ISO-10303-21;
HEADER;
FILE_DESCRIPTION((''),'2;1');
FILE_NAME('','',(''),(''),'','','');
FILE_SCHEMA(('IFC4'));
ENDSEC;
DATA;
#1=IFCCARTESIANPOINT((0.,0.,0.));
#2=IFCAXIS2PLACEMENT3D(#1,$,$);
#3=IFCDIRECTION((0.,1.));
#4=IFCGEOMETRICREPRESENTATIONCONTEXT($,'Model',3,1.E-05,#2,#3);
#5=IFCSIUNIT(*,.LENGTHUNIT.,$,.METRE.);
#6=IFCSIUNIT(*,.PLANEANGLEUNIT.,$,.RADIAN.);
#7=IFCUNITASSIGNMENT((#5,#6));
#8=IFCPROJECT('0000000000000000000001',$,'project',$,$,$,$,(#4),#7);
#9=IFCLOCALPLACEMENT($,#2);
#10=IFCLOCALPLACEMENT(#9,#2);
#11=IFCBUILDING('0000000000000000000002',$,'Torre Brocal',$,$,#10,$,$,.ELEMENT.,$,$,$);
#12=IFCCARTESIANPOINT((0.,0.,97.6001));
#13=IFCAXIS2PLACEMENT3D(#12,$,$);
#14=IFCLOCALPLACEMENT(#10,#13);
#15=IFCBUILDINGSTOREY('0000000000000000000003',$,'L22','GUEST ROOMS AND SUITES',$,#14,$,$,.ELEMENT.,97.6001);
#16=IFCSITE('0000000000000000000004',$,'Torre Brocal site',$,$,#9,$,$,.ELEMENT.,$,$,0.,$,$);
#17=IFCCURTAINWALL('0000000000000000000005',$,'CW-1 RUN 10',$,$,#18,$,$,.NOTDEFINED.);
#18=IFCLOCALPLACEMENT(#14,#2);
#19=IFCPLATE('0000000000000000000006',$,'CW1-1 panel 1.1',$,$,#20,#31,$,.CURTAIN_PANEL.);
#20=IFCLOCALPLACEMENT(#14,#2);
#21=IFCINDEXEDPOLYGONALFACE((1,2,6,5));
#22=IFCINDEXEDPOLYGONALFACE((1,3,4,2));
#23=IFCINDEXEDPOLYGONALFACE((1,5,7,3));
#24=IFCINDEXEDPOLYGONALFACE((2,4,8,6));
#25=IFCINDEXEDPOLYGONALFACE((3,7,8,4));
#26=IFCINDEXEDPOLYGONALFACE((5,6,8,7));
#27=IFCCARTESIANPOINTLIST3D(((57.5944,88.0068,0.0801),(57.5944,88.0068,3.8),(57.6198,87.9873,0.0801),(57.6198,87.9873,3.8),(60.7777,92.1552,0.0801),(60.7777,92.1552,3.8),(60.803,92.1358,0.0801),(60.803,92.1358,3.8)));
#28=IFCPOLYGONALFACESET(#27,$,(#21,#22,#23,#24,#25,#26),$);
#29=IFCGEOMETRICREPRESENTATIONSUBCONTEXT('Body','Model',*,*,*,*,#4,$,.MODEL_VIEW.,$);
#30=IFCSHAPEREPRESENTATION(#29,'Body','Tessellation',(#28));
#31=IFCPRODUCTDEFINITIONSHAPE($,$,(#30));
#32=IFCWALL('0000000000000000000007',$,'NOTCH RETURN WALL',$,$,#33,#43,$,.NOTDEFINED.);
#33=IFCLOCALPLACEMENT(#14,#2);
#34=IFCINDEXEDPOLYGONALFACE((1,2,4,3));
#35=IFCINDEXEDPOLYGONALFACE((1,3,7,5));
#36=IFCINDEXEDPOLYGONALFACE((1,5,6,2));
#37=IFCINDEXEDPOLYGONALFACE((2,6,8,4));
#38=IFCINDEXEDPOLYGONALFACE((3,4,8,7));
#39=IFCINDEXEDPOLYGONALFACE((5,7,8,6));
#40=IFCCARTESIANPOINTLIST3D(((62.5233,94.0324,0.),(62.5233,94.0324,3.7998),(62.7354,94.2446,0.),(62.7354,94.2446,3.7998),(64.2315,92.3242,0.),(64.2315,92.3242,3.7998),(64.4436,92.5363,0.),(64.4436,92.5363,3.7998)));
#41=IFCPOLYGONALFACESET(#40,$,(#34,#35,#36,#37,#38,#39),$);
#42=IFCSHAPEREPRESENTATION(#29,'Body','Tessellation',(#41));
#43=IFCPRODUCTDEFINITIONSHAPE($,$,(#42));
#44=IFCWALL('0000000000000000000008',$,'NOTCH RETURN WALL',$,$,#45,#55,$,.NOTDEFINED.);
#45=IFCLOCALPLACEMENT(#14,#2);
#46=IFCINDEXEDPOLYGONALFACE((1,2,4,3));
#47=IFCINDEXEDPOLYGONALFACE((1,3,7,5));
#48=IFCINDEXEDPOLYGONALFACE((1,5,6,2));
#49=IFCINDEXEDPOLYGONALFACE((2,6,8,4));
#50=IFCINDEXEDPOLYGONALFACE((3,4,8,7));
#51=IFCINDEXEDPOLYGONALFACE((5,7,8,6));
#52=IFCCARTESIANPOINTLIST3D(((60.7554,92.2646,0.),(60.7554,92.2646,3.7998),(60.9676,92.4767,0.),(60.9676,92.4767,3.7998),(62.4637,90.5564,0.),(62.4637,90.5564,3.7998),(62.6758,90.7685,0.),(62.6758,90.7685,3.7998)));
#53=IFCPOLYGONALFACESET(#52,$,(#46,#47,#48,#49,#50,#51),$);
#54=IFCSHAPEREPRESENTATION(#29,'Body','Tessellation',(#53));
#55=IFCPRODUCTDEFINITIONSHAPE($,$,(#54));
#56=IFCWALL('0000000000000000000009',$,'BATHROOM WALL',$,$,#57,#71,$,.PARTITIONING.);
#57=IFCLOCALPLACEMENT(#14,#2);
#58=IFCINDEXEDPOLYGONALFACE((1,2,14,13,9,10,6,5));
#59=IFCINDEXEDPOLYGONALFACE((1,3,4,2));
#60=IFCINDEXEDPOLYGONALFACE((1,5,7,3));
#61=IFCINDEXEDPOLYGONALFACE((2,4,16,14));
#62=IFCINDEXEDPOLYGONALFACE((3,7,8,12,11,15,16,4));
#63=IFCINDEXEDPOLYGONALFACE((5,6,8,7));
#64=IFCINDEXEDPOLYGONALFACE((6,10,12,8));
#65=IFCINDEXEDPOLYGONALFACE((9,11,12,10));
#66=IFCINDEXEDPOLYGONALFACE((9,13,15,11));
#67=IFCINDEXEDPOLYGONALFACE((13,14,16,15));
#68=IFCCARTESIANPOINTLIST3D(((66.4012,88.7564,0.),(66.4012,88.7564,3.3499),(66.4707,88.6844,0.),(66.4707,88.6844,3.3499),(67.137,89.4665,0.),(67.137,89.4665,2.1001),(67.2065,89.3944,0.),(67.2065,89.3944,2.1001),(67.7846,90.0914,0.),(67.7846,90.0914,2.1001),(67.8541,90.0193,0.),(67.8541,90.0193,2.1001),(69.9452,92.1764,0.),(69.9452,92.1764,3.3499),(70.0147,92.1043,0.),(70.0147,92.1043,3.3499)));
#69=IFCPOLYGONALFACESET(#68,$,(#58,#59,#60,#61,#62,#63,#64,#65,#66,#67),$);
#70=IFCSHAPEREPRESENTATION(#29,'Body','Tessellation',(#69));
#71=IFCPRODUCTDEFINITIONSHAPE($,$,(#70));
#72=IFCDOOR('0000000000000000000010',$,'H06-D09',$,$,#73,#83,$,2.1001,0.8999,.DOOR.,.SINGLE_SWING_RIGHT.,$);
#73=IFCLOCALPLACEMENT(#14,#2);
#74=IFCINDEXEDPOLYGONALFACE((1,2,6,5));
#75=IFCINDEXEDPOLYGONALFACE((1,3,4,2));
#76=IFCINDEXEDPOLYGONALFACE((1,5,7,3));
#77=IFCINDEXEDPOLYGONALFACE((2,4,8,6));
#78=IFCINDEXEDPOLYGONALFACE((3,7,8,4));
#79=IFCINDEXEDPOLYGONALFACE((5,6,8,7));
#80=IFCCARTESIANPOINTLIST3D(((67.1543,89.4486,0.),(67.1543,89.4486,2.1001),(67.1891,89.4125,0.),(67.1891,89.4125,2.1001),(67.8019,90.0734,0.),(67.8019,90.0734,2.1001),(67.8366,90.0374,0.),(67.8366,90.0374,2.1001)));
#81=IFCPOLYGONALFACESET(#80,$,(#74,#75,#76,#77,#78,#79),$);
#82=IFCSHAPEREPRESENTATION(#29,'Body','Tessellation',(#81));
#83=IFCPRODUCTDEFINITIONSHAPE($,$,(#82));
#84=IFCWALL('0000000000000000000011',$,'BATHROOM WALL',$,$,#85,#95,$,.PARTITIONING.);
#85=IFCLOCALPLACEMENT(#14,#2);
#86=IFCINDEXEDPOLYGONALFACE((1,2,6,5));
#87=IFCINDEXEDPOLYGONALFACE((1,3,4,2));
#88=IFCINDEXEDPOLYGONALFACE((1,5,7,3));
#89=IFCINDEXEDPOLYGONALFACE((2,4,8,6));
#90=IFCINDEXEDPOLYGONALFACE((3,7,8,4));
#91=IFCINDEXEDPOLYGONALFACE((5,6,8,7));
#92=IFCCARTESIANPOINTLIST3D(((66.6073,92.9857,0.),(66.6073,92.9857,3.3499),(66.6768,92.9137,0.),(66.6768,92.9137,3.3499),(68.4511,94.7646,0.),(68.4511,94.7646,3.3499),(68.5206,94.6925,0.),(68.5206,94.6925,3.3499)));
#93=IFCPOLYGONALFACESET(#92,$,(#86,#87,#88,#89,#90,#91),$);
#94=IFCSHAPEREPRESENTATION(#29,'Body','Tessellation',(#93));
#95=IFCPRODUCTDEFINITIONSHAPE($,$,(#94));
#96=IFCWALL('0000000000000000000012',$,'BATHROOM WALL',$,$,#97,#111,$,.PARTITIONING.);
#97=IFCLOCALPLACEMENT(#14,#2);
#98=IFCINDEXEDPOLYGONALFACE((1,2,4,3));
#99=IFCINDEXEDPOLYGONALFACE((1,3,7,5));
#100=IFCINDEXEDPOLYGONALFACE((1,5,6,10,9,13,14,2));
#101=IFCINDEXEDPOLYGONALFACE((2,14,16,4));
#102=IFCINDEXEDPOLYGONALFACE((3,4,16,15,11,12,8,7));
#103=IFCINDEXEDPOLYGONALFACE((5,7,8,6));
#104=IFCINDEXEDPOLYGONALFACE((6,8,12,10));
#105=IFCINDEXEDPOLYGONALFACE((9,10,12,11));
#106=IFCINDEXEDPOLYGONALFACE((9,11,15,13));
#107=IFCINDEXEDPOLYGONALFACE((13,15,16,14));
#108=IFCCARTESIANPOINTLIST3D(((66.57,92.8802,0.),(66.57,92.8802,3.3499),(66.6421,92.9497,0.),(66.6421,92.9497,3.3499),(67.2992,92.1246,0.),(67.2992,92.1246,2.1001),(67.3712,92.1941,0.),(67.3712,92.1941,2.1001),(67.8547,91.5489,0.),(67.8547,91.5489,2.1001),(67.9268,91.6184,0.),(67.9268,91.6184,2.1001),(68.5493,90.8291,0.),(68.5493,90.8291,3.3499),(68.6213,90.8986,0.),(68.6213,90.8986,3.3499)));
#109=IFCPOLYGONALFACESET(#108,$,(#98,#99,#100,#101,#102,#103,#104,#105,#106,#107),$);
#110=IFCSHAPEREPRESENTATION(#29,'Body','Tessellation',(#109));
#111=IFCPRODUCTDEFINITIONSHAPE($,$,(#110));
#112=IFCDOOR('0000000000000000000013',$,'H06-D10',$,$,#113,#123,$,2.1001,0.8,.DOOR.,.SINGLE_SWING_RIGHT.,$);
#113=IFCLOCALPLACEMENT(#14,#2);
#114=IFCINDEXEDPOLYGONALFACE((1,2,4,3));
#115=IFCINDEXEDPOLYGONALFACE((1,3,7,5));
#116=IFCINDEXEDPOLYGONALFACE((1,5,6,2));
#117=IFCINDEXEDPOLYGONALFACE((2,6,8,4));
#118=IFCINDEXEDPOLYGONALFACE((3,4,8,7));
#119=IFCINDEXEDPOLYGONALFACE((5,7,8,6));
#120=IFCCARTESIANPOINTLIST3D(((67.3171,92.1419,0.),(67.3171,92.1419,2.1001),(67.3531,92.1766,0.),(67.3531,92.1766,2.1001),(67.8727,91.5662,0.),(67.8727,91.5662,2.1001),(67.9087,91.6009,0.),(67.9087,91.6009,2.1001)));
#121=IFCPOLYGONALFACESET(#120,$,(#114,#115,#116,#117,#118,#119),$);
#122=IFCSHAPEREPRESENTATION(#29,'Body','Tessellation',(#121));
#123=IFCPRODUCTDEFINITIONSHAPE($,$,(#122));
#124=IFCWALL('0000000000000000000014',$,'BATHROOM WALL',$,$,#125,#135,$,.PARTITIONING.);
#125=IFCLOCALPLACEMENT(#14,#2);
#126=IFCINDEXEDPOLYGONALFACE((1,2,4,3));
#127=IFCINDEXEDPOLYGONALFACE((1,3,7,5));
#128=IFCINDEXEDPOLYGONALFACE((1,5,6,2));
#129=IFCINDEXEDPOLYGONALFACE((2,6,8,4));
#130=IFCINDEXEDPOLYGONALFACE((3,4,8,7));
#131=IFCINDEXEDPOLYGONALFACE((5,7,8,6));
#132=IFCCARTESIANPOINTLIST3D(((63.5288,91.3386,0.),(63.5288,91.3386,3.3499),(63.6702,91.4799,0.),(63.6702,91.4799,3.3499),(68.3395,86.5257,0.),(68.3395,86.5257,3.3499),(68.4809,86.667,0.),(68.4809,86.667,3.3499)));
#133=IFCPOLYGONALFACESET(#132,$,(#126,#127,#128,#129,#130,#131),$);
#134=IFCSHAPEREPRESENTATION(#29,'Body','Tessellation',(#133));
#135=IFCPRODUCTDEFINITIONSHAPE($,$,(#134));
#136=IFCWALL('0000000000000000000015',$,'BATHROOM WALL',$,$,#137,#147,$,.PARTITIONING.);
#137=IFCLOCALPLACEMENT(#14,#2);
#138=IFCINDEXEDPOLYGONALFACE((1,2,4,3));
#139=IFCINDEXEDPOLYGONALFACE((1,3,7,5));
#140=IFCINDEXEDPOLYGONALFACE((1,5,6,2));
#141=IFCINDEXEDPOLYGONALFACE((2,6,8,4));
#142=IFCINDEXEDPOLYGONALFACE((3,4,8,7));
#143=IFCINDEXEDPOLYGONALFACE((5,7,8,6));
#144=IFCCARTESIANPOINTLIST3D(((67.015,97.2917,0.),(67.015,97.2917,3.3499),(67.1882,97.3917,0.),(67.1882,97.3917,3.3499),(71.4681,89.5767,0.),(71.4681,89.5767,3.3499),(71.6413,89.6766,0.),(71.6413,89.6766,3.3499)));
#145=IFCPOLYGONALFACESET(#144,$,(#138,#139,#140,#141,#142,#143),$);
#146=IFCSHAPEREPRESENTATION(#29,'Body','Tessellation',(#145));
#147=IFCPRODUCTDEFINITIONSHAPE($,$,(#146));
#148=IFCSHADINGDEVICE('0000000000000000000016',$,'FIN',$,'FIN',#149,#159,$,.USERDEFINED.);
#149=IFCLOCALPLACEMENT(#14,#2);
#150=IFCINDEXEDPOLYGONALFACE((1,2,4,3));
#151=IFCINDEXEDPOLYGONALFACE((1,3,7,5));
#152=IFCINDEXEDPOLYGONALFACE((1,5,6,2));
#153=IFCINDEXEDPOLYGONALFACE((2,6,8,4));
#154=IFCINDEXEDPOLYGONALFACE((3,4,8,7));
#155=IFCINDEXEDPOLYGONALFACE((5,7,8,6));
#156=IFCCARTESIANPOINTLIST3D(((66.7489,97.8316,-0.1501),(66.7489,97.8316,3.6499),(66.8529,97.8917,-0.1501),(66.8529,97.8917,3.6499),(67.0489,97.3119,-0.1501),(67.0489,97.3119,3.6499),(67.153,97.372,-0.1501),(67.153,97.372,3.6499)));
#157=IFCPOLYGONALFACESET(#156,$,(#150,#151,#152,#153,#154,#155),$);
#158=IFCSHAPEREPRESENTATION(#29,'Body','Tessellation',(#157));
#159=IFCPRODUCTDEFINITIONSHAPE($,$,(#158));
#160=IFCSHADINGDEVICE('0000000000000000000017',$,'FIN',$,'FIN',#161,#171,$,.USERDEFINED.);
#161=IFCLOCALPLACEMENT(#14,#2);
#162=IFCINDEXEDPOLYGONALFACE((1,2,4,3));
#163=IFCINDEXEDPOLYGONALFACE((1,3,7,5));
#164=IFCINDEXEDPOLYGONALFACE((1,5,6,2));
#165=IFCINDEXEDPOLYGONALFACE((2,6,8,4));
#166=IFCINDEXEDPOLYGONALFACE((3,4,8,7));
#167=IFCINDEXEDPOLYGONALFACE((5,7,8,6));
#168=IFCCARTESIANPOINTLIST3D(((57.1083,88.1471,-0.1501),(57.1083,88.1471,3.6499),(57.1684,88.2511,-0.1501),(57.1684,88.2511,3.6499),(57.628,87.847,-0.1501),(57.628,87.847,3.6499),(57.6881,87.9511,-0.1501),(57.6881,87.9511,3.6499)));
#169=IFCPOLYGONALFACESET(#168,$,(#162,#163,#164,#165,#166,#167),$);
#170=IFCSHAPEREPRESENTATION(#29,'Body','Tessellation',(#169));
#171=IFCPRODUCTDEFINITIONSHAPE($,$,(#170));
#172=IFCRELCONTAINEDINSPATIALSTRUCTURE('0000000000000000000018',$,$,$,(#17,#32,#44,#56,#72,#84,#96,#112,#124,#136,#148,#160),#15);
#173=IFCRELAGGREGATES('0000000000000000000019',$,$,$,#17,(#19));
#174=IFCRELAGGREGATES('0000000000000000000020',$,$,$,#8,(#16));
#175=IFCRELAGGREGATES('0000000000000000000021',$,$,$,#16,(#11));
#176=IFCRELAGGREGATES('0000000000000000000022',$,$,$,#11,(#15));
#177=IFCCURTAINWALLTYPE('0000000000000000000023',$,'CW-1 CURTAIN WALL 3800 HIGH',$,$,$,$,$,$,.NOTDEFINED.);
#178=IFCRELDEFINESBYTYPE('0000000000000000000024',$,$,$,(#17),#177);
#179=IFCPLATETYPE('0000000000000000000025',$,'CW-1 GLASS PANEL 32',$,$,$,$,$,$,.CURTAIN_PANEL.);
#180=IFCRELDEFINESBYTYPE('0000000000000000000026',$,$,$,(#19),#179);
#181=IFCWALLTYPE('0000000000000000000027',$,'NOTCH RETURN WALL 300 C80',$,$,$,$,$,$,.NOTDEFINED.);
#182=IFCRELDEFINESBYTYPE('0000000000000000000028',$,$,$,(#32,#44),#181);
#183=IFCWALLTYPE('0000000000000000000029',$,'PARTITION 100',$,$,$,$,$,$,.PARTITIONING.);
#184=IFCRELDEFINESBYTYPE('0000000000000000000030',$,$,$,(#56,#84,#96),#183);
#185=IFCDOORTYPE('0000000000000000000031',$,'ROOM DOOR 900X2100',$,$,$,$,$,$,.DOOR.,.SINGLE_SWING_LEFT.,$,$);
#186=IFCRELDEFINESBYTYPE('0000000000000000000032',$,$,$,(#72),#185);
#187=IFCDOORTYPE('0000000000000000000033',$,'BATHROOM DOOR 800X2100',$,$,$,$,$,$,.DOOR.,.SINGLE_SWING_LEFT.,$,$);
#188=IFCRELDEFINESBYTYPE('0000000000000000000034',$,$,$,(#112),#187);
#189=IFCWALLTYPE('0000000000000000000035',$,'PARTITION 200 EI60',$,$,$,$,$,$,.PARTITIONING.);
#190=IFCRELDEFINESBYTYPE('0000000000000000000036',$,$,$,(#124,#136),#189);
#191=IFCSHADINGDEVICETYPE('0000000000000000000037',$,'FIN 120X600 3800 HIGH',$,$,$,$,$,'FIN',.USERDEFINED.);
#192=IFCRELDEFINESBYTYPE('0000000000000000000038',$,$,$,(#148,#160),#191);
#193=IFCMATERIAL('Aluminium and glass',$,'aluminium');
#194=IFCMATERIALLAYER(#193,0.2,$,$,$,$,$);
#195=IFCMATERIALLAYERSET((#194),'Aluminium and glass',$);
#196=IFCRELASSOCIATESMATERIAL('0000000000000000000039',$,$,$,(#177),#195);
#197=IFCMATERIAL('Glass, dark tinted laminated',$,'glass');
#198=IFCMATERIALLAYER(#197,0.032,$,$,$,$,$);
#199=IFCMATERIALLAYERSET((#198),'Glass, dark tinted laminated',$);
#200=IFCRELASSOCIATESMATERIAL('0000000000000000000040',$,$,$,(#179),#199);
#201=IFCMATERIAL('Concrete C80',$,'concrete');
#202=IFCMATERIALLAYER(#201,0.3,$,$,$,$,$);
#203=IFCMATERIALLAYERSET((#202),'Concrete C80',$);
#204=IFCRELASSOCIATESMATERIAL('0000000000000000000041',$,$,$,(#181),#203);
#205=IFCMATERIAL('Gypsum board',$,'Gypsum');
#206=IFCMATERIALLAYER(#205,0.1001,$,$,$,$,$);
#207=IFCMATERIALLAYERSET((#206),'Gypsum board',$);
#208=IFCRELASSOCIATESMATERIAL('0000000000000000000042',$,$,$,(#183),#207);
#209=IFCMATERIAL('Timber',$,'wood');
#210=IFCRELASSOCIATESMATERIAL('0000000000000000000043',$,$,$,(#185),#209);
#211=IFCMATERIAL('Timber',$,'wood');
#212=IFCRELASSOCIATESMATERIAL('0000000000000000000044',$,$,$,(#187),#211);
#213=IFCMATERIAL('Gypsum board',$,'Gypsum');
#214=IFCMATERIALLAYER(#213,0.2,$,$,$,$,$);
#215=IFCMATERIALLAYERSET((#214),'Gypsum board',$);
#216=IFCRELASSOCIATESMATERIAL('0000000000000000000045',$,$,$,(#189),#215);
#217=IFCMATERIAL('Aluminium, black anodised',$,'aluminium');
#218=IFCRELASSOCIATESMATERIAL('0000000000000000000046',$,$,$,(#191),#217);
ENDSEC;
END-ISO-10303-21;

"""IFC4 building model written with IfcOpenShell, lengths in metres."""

from ifc_helpers import new_model, si_unit, direction, frame, frame_2d, origin, origin_2d, place, context, subcontext, project, spatial, rectangle, extrude, material, layer, layer_set, material_profile, profile_set, type_object, element, fill, aggregate, save


model = new_model("IFC4")

# Units and contexts
model_context = context("Model", 3, precision=1e-05, world=origin(), true_north=direction((0.0, 1.0)))
body_context = subcontext(model_context, "Body", "Model", "MODEL_VIEW")
ifc_project = project(units=[si_unit("LENGTHUNIT", "METRE"), si_unit("PLANEANGLEUNIT", "RADIAN")], contexts=[model_context])

# Site, building, storey
site_placement = place(None, origin())
site = spatial("IfcSite", under=ifc_project, at=site_placement, Name="Torre Brocal site", CompositionType="ELEMENT", RefElevation=0.0)
building_placement = place(site_placement, origin())
building = spatial("IfcBuilding", under=site, at=building_placement, Name="Torre Brocal", CompositionType="ELEMENT")
storey_placement = place(building_placement, frame((0.0, 0.0, 97.6001)))
storey = spatial("IfcBuildingStorey", under=building, at=storey_placement, Name="L22", Description="GUEST ROOMS AND SUITES", CompositionType="ELEMENT", Elevation=97.6001)

# Shared definitions
ifc_material_1 = material(Name="Aluminium and glass", Category="aluminium")
ifc_layer_1 = layer(ifc_material_1, 0.2)
ifc_layer_set_1 = layer_set([ifc_layer_1], Name="Aluminium and glass")
curtain_wall_type = type_object("IfcCurtainWallType", Name="CW-1 CURTAIN WALL 3800 HIGH", PredefinedType="NOTDEFINED", material=ifc_layer_set_1)

# Curtain wall
curtain_wall_1_placement = place(storey_placement, origin())
curtain_wall_1 = element("IfcCurtainWall", 1, at=curtain_wall_1_placement, inside=storey, type_object=curtain_wall_type, Name="CW-1 RUN 10", PredefinedType="NOTDEFINED")

# Plate
ifc_material_2 = material(Name="Glass, dark tinted laminated", Category="glass")
ifc_layer_2 = layer(ifc_material_2, 0.032)
ifc_layer_set_2 = layer_set([ifc_layer_2], Name="Glass, dark tinted laminated")
plate_type = type_object("IfcPlateType", Name="CW-1 GLASS PANEL 32", PredefinedType="CURTAIN_PANEL", material=ifc_layer_set_2)
plate_1_placement = place(storey_placement, frame((59.1987, 90.0713, 0.0801), z_axis=(0.0, 0.0, 1.0), x_axis=(-0.608761, -0.793353, 0.0)))
plate_1 = element("IfcPlate", 2, at=plate_1_placement, type_object=plate_type, Name="CW1-1 panel 1.1", PredefinedType="CURTAIN_PANEL", context=body_context, shape_type="SweptSolid", body=[
    extrude(rectangle(XDim=5.229, YDim=0.032, at=origin_2d()), origin(), (0.0, 0.0, 1.0), 3.72),
])
aggregate(curtain_wall_1, [plate_1])

# Walls
ifc_material_3 = material(Name="Concrete C80", Category="concrete")
ifc_layer_3 = layer(ifc_material_3, 0.3)
ifc_layer_set_3 = layer_set([ifc_layer_3], Name="Concrete C80")
wall_type_1 = type_object("IfcWallType", Name="NOTCH RETURN WALL 300 C80", PredefinedType="NOTDEFINED", material=ifc_layer_set_3)
for number, where, z_axis, x_axis, name in (
    (3, (64.3376, 92.4302, 0.0), (0.0, 0.0, 1.0), (-0.707107, 0.707107, 0.0), "NOTCH RETURN WALL"),
    (4, (62.5698, 90.6624, 0.0), (0.0, 0.0, 1.0), (-0.707107, 0.707107, 0.0), "NOTCH RETURN WALL"),
):
    element("IfcWall", number, at=place(storey_placement, frame(where, z_axis=z_axis, x_axis=x_axis)), inside=storey, type_object=wall_type_1, Name=name, PredefinedType="NOTDEFINED", context=body_context, shape_type="SweptSolid", body=[
        extrude(rectangle(XDim=2.4158, YDim=0.3, at=frame_2d((1.208, 0.0))), origin(), (0.0, 0.0, 1.0), 3.7998),
    ])

# Wall, opening, door
ifc_material_4 = material(Name="Gypsum board", Category="Gypsum")
ifc_layer_4 = layer(ifc_material_4, 0.1001)
ifc_layer_set_4 = layer_set([ifc_layer_4], Name="Gypsum board")
wall_type_2 = type_object("IfcWallType", Name="PARTITION 100", PredefinedType="PARTITIONING", material=ifc_layer_set_4)
wall_1_placement = place(storey_placement, frame((66.436, 88.7205, 0.0), z_axis=(0.0, 0.0, 1.0), x_axis=(0.719586, 0.694403, 0.0)))
wall_1 = element("IfcWall", 5, at=wall_1_placement, inside=storey, type_object=wall_type_2, Name="BATHROOM WALL", PredefinedType="PARTITIONING", context=body_context, shape_type="SweptSolid", body=[
    extrude(rectangle(XDim=4.925, YDim=0.1001, at=frame_2d((2.4624, 0.0))), origin(), (0.0, 0.0, 1.0), 3.3499),
])
opening_1_placement = place(wall_1_placement, frame((1.0225, 0.0, 0.0)))
opening_1 = element("IfcOpeningElement", 6, at=opening_1_placement, cuts=wall_1, PredefinedType="OPENING", context=body_context, shape_type="SweptSolid", body=[
    extrude(rectangle(XDim=0.8999, YDim=2.1001, at=frame_2d((0.45, 1.05))), frame((0.0, 0.0601, 0.0), z_axis=(0.0, -1.0, 0.0), x_axis=(1.0, 0.0, 0.0)), (0.0, 0.0, 1.0), 0.1201),
])
ifc_material_5 = material(Name="Timber", Category="wood")
door_type_1 = type_object("IfcDoorType", Name="ROOM DOOR 900X2100", OperationType="SINGLE_SWING_LEFT", PredefinedType="DOOR", material=ifc_material_5)
door_1_placement = place(opening_1_placement, frame((0.8999, 0.0, 0.0), z_axis=(0.0, 0.0, 1.0), x_axis=(-1.0, 0.0, 0.0)))
door_1 = element("IfcDoor", 7, at=door_1_placement, inside=storey, type_object=door_type_1, Name="H06-D09", OperationType="SINGLE_SWING_RIGHT", OverallHeight=2.1001, OverallWidth=0.8999, PredefinedType="DOOR", context=body_context, shape_type="SweptSolid", body=[
    extrude(rectangle(XDim=0.8999, YDim=2.1001, at=frame_2d((0.45, 1.05))), frame((0.0, 0.0249, 0.0), z_axis=(0.0, -1.0, 0.0), x_axis=(1.0, 0.0, 0.0)), (0.0, 0.0, 1.0), 0.05),
])
fill(opening_1, door_1)

# Wall
wall_2_placement = place(storey_placement, frame((66.6421, 92.9497, 0.0), z_axis=(0.0, 0.0, 1.0), x_axis=(0.719667, 0.694319, 0.0)))
element("IfcWall", 8, at=wall_2_placement, inside=storey, type_object=wall_type_2, Name="BATHROOM WALL", PredefinedType="PARTITIONING", context=body_context, shape_type="SweptSolid", body=[
    extrude(rectangle(XDim=2.562, YDim=0.1001, at=frame_2d((1.281, 0.0))), origin(), (0.0, 0.0, 1.0), 3.3499),
])

# Wall, opening, door
wall_3_placement = place(storey_placement, frame((66.606, 92.915, 0.0), z_axis=(0.0, 0.0, 1.0), x_axis=(0.694403, -0.719586, 0.0)))
wall_3 = element("IfcWall", 9, at=wall_3_placement, inside=storey, type_object=wall_type_2, Name="BATHROOM WALL", PredefinedType="PARTITIONING", context=body_context, shape_type="SweptSolid", body=[
    extrude(rectangle(XDim=2.8503, YDim=0.1001, at=frame_2d((1.4253, 0.0))), origin(), (0.0, 0.0, 1.0), 3.3499),
])
opening_2_placement = place(wall_3_placement, frame((1.0503, 0.0, 0.0)))
opening_2 = element("IfcOpeningElement", 10, at=opening_2_placement, cuts=wall_3, PredefinedType="OPENING", context=body_context, shape_type="SweptSolid", body=[
    extrude(rectangle(XDim=0.8, YDim=2.1001, at=frame_2d((0.3999, 1.05))), frame((0.0, 0.0601, 0.0), z_axis=(0.0, -1.0, 0.0), x_axis=(1.0, 0.0, 0.0)), (0.0, 0.0, 1.0), 0.1201),
])
ifc_material_6 = material(Name="Timber", Category="wood")
door_type_2 = type_object("IfcDoorType", Name="BATHROOM DOOR 800X2100", OperationType="SINGLE_SWING_LEFT", PredefinedType="DOOR", material=ifc_material_6)
door_2_placement = place(opening_2_placement, origin())
door_2 = element("IfcDoor", 11, at=door_2_placement, inside=storey, type_object=door_type_2, Name="H06-D10", OperationType="SINGLE_SWING_RIGHT", OverallHeight=2.1001, OverallWidth=0.8, PredefinedType="DOOR", context=body_context, shape_type="SweptSolid", body=[
    extrude(rectangle(XDim=0.8, YDim=2.1001, at=frame_2d((0.3999, 1.05))), frame((0.0, 0.0249, 0.0), z_axis=(0.0, -1.0, 0.0), x_axis=(1.0, 0.0, 0.0)), (0.0, 0.0, 1.0), 0.05),
])
fill(opening_2, door_2)

# Walls
ifc_material_7 = material(Name="Gypsum board", Category="Gypsum")
ifc_layer_5 = layer(ifc_material_7, 0.2)
ifc_layer_set_5 = layer_set([ifc_layer_5], Name="Gypsum board")
wall_type_3 = type_object("IfcWallType", Name="PARTITION 200 EI60", PredefinedType="PARTITIONING", material=ifc_layer_set_5)
wall_4_placement = place(storey_placement, frame((63.5996, 91.4092, 0.0), z_axis=(0.0, 0.0, 1.0), x_axis=(0.706945, -0.707268, 0.0)))
element("IfcWall", 12, at=wall_4_placement, inside=storey, type_object=wall_type_3, Name="BATHROOM WALL", PredefinedType="PARTITIONING", context=body_context, shape_type="SweptSolid", body=[
    extrude(rectangle(XDim=6.8049, YDim=0.2, at=frame_2d((3.4023, 0.0))), origin(), (0.0, 0.0, 1.0), 3.3499),
])
wall_5_placement = place(storey_placement, frame((67.1016, 97.3418, 0.0), z_axis=(0.0, 0.0, 1.0), x_axis=(0.4999, -0.866083, 0.0)))
element("IfcWall", 13, at=wall_5_placement, inside=storey, type_object=wall_type_3, Name="BATHROOM WALL", PredefinedType="PARTITIONING", context=body_context, shape_type="SweptSolid", body=[
    extrude(rectangle(XDim=8.908, YDim=0.2, at=frame_2d((4.4541, 0.0))), origin(), (0.0, 0.0, 1.0), 3.3499),
])

# Shading devices
ifc_material_8 = material(Name="Aluminium, black anodised", Category="aluminium")
ifc_material_profile_1 = material_profile(ifc_material_8, rectangle(XDim=0.1201, YDim=0.6001, at=origin_2d()), Name="FIN 120X600 3800 HIGH")
ifc_profile_set_1 = profile_set([ifc_material_profile_1], Name="Aluminium, black anodised")
shading_device_type = type_object("IfcShadingDeviceType", Name="FIN 120X600 3800 HIGH", ElementType="FIN", PredefinedType="USERDEFINED", material=ifc_profile_set_1)
for number, where, z_axis, x_axis, name in (
    (14, (66.9509, 97.6018, -0.1501), (0.0, 0.0, 1.0), (-0.866025, -0.5, 0.0), "FIN"),
    (15, (57.3982, 88.0491, -0.1501), (0.0, 0.0, 1.0), (-0.5, -0.866025, 0.0), "FIN"),
):
    element("IfcShadingDevice", number, at=place(storey_placement, frame(where, z_axis=z_axis, x_axis=x_axis)), inside=storey, type_object=shading_device_type, Name=name, ObjectType="FIN", PredefinedType="USERDEFINED", context=body_context, shape_type="SweptSolid", body=[
        extrude(rectangle(XDim=0.1201, YDim=0.6001, at=origin_2d()), origin(), (0.0, 0.0, 1.0), 3.8),
    ])

save(model, "model.ifc")
